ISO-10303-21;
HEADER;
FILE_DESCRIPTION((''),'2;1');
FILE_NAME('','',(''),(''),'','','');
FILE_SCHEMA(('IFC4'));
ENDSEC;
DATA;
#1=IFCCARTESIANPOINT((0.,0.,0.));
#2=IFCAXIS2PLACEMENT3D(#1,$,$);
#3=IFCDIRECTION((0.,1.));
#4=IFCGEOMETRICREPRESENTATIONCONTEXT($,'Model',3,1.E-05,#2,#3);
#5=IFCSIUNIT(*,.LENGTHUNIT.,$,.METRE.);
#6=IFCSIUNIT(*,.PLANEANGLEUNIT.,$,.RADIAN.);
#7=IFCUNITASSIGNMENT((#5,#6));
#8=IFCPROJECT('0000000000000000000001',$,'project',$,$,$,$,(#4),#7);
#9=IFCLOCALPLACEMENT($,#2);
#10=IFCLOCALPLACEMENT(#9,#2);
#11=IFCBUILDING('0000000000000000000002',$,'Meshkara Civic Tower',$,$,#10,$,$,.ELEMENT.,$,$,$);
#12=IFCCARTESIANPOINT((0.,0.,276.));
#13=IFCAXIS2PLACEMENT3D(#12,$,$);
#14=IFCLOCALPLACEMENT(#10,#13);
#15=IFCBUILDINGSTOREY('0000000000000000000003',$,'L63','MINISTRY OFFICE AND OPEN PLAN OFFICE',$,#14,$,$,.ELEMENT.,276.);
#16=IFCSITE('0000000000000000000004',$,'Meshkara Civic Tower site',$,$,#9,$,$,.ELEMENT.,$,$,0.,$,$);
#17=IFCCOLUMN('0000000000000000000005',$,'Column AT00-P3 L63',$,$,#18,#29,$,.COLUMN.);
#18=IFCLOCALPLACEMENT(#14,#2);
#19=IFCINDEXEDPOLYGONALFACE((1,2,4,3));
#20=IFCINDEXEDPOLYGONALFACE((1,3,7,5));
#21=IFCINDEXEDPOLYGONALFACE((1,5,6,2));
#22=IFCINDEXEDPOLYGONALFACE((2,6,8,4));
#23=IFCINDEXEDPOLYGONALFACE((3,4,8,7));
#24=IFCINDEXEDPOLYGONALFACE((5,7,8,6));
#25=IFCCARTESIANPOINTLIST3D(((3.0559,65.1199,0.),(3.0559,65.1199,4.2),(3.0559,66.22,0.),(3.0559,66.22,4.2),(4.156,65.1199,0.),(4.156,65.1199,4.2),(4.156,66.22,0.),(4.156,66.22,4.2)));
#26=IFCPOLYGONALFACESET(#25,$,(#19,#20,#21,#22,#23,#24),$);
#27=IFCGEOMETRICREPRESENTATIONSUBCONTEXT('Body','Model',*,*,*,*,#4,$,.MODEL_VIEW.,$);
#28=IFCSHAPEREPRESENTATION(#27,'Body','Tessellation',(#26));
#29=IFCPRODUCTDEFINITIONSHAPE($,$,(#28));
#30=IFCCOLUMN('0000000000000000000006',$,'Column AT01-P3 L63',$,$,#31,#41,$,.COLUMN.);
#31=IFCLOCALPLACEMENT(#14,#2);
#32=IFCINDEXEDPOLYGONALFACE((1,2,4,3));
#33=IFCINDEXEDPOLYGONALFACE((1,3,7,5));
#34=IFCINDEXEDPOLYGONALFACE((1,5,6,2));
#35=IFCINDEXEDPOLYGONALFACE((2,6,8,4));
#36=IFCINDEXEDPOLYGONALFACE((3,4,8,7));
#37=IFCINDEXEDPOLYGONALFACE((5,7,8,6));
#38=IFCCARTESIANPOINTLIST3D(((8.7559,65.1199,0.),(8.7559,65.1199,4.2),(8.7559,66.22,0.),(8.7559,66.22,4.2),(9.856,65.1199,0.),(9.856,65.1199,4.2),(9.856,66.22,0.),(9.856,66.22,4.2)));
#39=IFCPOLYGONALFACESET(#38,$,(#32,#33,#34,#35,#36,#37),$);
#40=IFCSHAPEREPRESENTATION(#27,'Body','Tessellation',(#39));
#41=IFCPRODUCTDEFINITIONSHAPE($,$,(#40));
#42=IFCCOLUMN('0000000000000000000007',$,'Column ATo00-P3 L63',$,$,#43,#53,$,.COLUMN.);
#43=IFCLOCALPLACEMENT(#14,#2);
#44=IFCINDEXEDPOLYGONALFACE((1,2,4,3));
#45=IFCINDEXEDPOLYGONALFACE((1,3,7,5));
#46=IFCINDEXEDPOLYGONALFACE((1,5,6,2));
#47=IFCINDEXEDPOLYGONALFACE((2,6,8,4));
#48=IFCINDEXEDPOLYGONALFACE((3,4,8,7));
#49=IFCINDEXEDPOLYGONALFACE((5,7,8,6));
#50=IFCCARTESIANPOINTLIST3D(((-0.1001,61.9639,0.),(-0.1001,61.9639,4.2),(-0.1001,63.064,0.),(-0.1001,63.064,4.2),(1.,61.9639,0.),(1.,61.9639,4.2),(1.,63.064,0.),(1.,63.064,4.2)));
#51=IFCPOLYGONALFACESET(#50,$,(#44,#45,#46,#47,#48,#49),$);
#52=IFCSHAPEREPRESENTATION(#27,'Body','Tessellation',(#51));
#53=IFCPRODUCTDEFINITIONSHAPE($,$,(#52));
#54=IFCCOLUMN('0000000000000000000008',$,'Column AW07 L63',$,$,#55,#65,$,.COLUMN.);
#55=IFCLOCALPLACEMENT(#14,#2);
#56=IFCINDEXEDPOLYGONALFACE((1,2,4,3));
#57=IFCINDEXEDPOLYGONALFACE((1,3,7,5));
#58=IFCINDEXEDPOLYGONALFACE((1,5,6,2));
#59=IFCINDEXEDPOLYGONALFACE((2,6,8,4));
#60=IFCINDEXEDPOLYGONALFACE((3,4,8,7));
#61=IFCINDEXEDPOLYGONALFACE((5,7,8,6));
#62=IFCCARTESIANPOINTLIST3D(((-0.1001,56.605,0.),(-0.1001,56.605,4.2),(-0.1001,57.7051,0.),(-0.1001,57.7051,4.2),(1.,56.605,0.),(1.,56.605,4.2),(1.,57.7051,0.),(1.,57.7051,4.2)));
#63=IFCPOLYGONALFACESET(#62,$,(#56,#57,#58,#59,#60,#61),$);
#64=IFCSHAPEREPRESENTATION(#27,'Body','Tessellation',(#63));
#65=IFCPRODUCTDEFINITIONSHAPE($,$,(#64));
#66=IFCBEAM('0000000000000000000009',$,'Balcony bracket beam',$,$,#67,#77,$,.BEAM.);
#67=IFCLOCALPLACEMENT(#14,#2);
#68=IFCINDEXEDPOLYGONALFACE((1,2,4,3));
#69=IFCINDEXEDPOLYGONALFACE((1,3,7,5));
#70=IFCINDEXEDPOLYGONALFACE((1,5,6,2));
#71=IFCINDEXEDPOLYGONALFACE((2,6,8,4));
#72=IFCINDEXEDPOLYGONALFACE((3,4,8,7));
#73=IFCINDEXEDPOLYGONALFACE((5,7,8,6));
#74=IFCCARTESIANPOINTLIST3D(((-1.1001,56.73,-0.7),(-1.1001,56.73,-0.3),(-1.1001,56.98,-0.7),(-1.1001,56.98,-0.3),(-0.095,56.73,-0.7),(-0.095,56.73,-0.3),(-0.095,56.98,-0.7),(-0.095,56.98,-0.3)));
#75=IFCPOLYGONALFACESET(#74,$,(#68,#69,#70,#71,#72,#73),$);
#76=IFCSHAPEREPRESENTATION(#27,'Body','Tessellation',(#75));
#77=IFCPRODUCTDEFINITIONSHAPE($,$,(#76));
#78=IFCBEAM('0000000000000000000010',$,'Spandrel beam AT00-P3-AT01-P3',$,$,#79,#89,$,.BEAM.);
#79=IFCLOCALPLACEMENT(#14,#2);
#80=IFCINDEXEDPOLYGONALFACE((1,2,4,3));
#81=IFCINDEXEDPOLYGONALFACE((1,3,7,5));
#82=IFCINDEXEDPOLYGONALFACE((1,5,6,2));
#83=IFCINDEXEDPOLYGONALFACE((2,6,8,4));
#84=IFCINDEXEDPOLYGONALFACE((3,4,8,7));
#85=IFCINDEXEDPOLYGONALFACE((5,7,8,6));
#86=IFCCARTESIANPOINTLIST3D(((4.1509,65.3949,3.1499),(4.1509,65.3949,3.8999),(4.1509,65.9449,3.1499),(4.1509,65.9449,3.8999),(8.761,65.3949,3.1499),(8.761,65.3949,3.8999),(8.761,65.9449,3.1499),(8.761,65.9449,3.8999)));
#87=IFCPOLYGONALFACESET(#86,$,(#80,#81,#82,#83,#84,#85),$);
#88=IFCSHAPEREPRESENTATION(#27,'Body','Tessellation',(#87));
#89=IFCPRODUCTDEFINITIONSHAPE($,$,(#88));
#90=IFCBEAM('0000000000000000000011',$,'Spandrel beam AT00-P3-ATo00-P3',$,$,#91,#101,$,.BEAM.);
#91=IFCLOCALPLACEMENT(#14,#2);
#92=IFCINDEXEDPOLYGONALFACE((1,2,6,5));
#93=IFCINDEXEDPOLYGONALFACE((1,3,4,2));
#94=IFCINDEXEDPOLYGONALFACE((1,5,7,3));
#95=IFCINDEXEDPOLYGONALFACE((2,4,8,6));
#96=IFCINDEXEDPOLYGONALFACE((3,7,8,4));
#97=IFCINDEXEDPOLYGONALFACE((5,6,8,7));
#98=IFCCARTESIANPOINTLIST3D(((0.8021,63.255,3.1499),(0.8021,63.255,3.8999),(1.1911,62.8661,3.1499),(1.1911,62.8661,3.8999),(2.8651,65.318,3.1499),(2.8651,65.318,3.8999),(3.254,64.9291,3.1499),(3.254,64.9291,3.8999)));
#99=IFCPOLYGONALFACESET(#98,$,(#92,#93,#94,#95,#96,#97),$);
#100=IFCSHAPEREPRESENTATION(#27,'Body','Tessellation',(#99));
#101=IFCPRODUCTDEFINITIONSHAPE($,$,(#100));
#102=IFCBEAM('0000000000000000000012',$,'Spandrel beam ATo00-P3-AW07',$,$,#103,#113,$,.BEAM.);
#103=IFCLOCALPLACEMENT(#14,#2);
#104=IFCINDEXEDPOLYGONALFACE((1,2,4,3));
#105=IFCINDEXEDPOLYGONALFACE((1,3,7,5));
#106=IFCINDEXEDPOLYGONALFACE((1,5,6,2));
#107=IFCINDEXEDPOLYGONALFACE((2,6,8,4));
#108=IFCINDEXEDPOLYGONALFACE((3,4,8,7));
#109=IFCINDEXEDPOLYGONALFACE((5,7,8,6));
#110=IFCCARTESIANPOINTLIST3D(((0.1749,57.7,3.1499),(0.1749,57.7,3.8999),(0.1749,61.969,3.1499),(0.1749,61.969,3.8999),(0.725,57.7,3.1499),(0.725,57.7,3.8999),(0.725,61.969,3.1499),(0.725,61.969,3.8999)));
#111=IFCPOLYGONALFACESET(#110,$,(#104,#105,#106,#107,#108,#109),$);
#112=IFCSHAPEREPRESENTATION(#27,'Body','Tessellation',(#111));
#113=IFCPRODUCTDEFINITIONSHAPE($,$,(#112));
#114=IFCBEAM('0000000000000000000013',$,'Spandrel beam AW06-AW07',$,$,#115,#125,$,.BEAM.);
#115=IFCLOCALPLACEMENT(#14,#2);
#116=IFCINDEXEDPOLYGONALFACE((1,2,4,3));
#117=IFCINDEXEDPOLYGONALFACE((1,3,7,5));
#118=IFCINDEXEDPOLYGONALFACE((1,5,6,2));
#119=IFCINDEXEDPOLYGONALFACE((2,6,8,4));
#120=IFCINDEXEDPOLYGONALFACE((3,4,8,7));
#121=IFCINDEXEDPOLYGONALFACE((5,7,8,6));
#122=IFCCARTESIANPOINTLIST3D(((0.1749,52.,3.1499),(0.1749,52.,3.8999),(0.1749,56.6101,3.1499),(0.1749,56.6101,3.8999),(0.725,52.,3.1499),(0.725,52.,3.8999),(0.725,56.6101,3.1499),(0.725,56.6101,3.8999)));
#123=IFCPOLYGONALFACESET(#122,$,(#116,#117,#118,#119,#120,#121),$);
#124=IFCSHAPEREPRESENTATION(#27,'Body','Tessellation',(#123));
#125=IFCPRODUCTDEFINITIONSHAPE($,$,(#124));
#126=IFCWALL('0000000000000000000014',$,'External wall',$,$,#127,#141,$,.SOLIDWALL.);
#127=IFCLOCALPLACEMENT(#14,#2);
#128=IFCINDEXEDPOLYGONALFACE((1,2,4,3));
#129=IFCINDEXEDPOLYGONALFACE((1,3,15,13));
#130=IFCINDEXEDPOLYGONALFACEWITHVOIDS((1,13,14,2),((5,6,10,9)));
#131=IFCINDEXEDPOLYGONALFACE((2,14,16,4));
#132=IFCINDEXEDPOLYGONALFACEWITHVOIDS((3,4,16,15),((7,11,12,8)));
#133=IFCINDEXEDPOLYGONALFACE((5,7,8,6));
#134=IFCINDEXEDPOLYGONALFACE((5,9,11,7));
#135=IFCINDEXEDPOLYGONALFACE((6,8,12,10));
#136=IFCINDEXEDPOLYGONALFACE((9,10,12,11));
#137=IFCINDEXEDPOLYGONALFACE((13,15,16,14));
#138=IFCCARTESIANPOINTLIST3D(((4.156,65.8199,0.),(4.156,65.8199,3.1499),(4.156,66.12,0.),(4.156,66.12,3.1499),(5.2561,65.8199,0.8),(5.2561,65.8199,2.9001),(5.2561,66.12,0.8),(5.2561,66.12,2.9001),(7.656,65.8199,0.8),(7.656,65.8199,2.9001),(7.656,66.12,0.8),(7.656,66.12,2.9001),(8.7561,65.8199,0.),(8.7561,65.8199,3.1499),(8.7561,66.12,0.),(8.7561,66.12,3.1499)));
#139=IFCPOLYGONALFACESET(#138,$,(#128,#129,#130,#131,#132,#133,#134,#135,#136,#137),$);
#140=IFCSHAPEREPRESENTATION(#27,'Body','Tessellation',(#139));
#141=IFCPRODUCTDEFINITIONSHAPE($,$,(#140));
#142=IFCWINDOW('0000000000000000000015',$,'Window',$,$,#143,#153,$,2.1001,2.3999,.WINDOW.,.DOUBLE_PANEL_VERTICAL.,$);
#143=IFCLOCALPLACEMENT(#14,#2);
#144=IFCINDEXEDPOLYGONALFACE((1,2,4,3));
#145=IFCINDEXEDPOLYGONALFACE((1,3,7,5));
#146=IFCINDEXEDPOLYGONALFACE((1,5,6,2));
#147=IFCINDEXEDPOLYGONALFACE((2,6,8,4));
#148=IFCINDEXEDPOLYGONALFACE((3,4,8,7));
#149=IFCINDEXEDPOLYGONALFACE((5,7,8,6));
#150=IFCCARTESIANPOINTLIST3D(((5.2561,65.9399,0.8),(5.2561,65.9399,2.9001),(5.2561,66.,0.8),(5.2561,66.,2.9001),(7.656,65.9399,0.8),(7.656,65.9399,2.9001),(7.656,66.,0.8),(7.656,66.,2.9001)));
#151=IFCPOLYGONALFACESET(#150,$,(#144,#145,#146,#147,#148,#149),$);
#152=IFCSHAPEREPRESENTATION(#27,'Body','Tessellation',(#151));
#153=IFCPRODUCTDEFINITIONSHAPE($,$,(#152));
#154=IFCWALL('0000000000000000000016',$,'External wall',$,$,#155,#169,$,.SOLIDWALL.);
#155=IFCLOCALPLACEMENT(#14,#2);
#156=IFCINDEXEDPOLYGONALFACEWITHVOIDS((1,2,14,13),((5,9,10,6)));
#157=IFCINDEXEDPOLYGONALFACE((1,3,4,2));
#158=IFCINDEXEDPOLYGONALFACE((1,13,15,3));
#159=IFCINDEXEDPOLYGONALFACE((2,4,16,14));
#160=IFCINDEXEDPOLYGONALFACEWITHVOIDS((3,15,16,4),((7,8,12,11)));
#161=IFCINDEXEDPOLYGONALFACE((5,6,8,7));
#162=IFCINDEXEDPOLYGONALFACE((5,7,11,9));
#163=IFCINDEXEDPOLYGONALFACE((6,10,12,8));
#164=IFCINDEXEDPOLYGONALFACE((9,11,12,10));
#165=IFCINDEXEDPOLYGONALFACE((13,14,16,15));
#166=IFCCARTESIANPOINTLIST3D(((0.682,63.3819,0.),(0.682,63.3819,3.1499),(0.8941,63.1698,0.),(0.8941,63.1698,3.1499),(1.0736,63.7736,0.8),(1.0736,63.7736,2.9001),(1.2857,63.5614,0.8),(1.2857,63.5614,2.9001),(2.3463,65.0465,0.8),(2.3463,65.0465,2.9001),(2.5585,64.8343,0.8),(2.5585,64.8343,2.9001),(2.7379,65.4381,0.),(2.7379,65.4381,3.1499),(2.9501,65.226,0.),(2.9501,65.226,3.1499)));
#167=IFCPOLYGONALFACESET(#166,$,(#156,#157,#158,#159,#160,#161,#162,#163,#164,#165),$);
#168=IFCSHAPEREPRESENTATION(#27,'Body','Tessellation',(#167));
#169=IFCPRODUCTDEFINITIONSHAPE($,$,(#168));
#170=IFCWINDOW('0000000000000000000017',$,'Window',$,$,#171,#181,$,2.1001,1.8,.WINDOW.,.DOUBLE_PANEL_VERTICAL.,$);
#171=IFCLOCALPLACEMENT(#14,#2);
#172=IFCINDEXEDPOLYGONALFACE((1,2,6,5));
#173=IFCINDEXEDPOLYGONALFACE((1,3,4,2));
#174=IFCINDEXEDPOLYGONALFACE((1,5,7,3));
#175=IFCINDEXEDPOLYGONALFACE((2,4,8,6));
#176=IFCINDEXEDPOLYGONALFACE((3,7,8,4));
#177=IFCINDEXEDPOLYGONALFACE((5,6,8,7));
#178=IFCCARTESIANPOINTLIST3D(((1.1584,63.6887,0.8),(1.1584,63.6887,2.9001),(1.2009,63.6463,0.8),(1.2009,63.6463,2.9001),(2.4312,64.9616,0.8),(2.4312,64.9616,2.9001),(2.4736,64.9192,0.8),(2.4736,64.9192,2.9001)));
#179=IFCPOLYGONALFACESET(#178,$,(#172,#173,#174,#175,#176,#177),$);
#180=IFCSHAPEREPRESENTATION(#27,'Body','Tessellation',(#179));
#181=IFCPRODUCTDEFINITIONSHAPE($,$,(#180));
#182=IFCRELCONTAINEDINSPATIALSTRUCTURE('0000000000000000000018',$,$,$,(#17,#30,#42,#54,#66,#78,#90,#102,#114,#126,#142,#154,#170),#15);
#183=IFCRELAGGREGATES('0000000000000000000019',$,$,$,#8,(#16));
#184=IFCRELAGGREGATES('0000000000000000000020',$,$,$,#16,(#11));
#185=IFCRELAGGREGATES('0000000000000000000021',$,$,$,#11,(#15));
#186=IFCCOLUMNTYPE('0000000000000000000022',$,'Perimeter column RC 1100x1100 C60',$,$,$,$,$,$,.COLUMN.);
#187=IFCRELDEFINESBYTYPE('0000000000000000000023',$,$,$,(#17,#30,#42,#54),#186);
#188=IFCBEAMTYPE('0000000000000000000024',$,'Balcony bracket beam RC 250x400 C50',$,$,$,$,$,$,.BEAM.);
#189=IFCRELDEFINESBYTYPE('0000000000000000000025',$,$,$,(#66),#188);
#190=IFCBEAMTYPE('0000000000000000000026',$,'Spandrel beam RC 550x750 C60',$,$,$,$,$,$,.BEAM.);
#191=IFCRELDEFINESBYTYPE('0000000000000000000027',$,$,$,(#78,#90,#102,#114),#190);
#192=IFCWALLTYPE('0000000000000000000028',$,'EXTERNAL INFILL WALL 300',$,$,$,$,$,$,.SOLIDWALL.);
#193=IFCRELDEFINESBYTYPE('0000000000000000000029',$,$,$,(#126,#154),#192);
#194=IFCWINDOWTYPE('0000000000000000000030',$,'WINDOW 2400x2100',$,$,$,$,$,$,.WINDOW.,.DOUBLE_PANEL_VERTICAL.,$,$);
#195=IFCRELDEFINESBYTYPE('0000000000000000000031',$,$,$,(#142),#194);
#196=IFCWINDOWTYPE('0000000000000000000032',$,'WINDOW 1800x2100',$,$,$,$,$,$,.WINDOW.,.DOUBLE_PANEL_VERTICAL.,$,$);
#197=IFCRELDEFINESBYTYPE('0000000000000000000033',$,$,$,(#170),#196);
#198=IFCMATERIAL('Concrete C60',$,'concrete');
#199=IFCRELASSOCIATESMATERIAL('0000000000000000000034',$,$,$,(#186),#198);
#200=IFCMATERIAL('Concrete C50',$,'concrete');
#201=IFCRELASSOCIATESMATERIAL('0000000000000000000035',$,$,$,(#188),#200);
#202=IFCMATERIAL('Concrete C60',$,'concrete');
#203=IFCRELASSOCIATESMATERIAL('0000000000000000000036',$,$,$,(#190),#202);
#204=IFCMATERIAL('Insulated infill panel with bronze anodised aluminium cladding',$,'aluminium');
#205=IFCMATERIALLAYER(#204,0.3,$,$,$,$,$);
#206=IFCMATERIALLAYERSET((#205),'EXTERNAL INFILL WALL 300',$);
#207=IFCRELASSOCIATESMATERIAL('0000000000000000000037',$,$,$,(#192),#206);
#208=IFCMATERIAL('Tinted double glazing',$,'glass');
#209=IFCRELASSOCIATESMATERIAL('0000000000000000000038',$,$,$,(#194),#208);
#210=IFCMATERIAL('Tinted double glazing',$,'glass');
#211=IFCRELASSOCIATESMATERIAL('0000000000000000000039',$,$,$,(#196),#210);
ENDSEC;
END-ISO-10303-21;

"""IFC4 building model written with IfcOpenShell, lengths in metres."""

from ifc_helpers import new_model, si_unit, direction, frame, frame_2d, origin, origin_2d, place, context, subcontext, project, spatial, rectangle, extrude, material, layer, layer_set, material_profile, profile_set, type_object, element, fill, save


model = new_model("IFC4")

# Units and contexts
model_context = context("Model", 3, precision=1e-05, world=origin(), true_north=direction((0.0, 1.0)))
body_context = subcontext(model_context, "Body", "Model", "MODEL_VIEW")
ifc_project = project(units=[si_unit("LENGTHUNIT", "METRE"), si_unit("PLANEANGLEUNIT", "RADIAN")], contexts=[model_context])

# Site, building, storey
site_placement = place(None, origin())
site = spatial("IfcSite", under=ifc_project, at=site_placement, Name="Meshkara Civic Tower site", CompositionType="ELEMENT", RefElevation=0.0)
building_placement = place(site_placement, origin())
building = spatial("IfcBuilding", under=site, at=building_placement, Name="Meshkara Civic Tower", CompositionType="ELEMENT")
storey_placement = place(building_placement, frame((0.0, 0.0, 276.0)))
storey = spatial("IfcBuildingStorey", under=building, at=storey_placement, Name="L63", Description="MINISTRY OFFICE AND OPEN PLAN OFFICE", CompositionType="ELEMENT", Elevation=276.0)

# Columns
ifc_material_1 = material(Name="Concrete C60", Category="concrete")
ifc_material_profile_1 = material_profile(ifc_material_1, rectangle(XDim=1.1001, YDim=1.1001, at=origin_2d()))
ifc_profile_set_1 = profile_set([ifc_material_profile_1], Name="Concrete C60")
column_type = type_object("IfcColumnType", Name="Perimeter column RC 1100x1100 C60", PredefinedType="COLUMN", material=ifc_profile_set_1)
for number, where, z_axis, x_axis, name in (
    (1, (3.606, 65.6699, 0.0), (0.0, 0.0, 1.0), (1.0, 0.0, 0.0), "Column AT00-P3 L63"),
    (2, (9.3059, 65.6699, 0.0), (0.0, 0.0, 1.0), (1.0, 0.0, 0.0), "Column AT01-P3 L63"),
    (3, (0.45, 62.5139, 0.0), (0.0, 0.0, 1.0), (1.0, 0.0, 0.0), "Column ATo00-P3 L63"),
    (4, (0.45, 57.155, 0.0), (0.0, 0.0, 1.0), (1.0, 0.0, 0.0), "Column AW07 L63"),
):
    element("IfcColumn", number, at=place(storey_placement, frame(where, z_axis=z_axis, x_axis=x_axis)), inside=storey, type_object=column_type, Name=name, PredefinedType="COLUMN", context=body_context, shape_type="SweptSolid", body=[
        extrude(rectangle(XDim=1.1001, YDim=1.1001, at=origin_2d()), origin(), (0.0, 0.0, 1.0), 4.2),
    ])

# Beams
ifc_material_2 = material(Name="Concrete C50", Category="concrete")
ifc_material_profile_2 = material_profile(ifc_material_2, rectangle(XDim=0.25, YDim=0.3999, at=origin_2d()))
ifc_profile_set_2 = profile_set([ifc_material_profile_2], Name="Concrete C50")
beam_type_1 = type_object("IfcBeamType", Name="Balcony bracket beam RC 250x400 C50", PredefinedType="BEAM", material=ifc_profile_set_2)
beam_1_placement = place(storey_placement, frame((-0.095, 56.855, -0.5), z_axis=(-1.0, 0.0, 0.0), x_axis=(0.0, -1.0, 0.0)))
element("IfcBeam", 5, at=beam_1_placement, inside=storey, type_object=beam_type_1, Name="Balcony bracket beam", PredefinedType="BEAM", context=body_context, shape_type="SweptSolid", body=[
    extrude(rectangle(XDim=0.25, YDim=0.3999, at=origin_2d()), origin(), (0.0, 0.0, 1.0), 1.0051),
])
ifc_material_3 = material(Name="Concrete C60", Category="concrete")
ifc_material_profile_3 = material_profile(ifc_material_3, rectangle(XDim=0.55, YDim=0.75, at=origin_2d()))
ifc_profile_set_3 = profile_set([ifc_material_profile_3], Name="Concrete C60")
beam_type_2 = type_object("IfcBeamType", Name="Spandrel beam RC 550x750 C60", PredefinedType="BEAM", material=ifc_profile_set_3)
beam_2_placement = place(storey_placement, frame((8.761, 65.6699, 3.5249), z_axis=(-1.0, 0.0, 0.0), x_axis=(0.0, -1.0, 0.0)))
element("IfcBeam", 6, at=beam_2_placement, inside=storey, type_object=beam_type_2, Name="Spandrel beam AT00-P3-AT01-P3", PredefinedType="BEAM", context=body_context, shape_type="SweptSolid", body=[
    extrude(rectangle(XDim=0.55, YDim=0.75, at=origin_2d()), origin(), (0.0, 0.0, 1.0), 4.6101),
])
beam_3_placement = place(storey_placement, frame((3.0596, 65.1235, 3.5249), z_axis=(-0.707107, -0.707107, 0.0), x_axis=(0.707107, -0.707107, 0.0)))
element("IfcBeam", 7, at=beam_3_placement, inside=storey, type_object=beam_type_2, Name="Spandrel beam AT00-P3-ATo00-P3", PredefinedType="BEAM", context=body_context, shape_type="SweptSolid", body=[
    extrude(rectangle(XDim=0.55, YDim=0.75, at=origin_2d()), origin(), (0.0, 0.0, 1.0), 2.9175),
])
beam_4_placement = place(storey_placement, frame((0.45, 61.969, 3.5249), z_axis=(0.0, -1.0, 0.0), x_axis=(1.0, 0.0, 0.0)))
element("IfcBeam", 8, at=beam_4_placement, inside=storey, type_object=beam_type_2, Name="Spandrel beam ATo00-P3-AW07", PredefinedType="BEAM", context=body_context, shape_type="SweptSolid", body=[
    extrude(rectangle(XDim=0.55, YDim=0.75, at=origin_2d()), origin(), (0.0, 0.0, 1.0), 4.269),
])
beam_5_placement = place(storey_placement, frame((0.45, 56.6101, 3.5249), z_axis=(0.0, -1.0, 0.0), x_axis=(1.0, 0.0, 0.0)))
element("IfcBeam", 9, at=beam_5_placement, inside=storey, type_object=beam_type_2, Name="Spandrel beam AW06-AW07", PredefinedType="BEAM", context=body_context, shape_type="SweptSolid", body=[
    extrude(rectangle(XDim=0.55, YDim=0.75, at=origin_2d()), origin(), (0.0, 0.0, 1.0), 4.6101),
])

# Walls, openings, windows
ifc_material_4 = material(Name="Insulated infill panel with bronze anodised aluminium cladding", Category="aluminium")
ifc_layer_1 = layer(ifc_material_4, 0.3)
ifc_layer_set_1 = layer_set([ifc_layer_1], Name="EXTERNAL INFILL WALL 300")
wall_type_1 = type_object("IfcWallType", Name="EXTERNAL INFILL WALL 300", PredefinedType="SOLIDWALL", material=ifc_layer_set_1)
wall_1_placement = place(storey_placement, frame((8.7561, 65.97, 0.0), z_axis=(0.0, 0.0, 1.0), x_axis=(-1.0, 0.0, 0.0)))
wall_1 = element("IfcWall", 10, at=wall_1_placement, inside=storey, type_object=wall_type_1, Name="External wall", PredefinedType="SOLIDWALL", context=body_context, shape_type="SweptSolid", body=[
    extrude(rectangle(XDim=4.6001, YDim=0.3, at=frame_2d((2.3, 0.0))), origin(), (0.0, 0.0, 1.0), 3.1499),
])
opening_1_placement = place(wall_1_placement, frame((1.1001, 0.0, 0.8)))
opening_1 = element("IfcOpeningElement", 11, at=opening_1_placement, cuts=wall_1, PredefinedType="OPENING", context=body_context, shape_type="SweptSolid", body=[
    extrude(rectangle(XDim=2.3999, YDim=2.1001, at=frame_2d((1.2, 1.05))), frame((0.0, 0.1599, 0.0), z_axis=(0.0, -1.0, 0.0), x_axis=(1.0, 0.0, 0.0)), (0.0, 0.0, 1.0), 0.3201),
])
ifc_material_5 = material(Name="Tinted double glazing", Category="glass")
window_type_1 = type_object("IfcWindowType", Name="WINDOW 2400x2100", PartitioningType="DOUBLE_PANEL_VERTICAL", PredefinedType="WINDOW", material=ifc_material_5)
window_1_placement = place(opening_1_placement, origin())
window_1 = element("IfcWindow", 12, at=window_1_placement, inside=storey, type_object=window_type_1, Name="Window", OverallHeight=2.1001, OverallWidth=2.3999, PartitioningType="DOUBLE_PANEL_VERTICAL", PredefinedType="WINDOW", context=body_context, shape_type="SweptSolid", body=[
    extrude(rectangle(XDim=2.3999, YDim=2.1001, at=frame_2d((1.2, 1.05))), frame((0.0, 0.03, 0.0), z_axis=(0.0, -1.0, 0.0), x_axis=(1.0, 0.0, 0.0)), (0.0, 0.0, 1.0), 0.0601),
])
fill(opening_1, window_1)
wall_2_placement = place(storey_placement, frame((2.844, 65.332, 0.0), z_axis=(0.0, 0.0, 1.0), x_axis=(-0.707065, -0.707149, 0.0)))
wall_2 = element("IfcWall", 13, at=wall_2_placement, inside=storey, type_object=wall_type_1, Name="External wall", PredefinedType="SOLIDWALL", context=body_context, shape_type="SweptSolid", body=[
    extrude(rectangle(XDim=2.9077, YDim=0.3, at=frame_2d((1.4539, 0.0))), origin(), (0.0, 0.0, 1.0), 3.1499),
])
opening_2_placement = place(wall_2_placement, frame((0.554, 0.0, 0.8)))
opening_2 = element("IfcOpeningElement", 14, at=opening_2_placement, cuts=wall_2, PredefinedType="OPENING", context=body_context, shape_type="SweptSolid", body=[
    extrude(rectangle(XDim=1.8, YDim=2.1001, at=frame_2d((0.8999, 1.05))), frame((0.0, 0.1599, 0.0), z_axis=(0.0, -1.0, 0.0), x_axis=(1.0, 0.0, 0.0)), (0.0, 0.0, 1.0), 0.3201),
])
ifc_material_6 = material(Name="Tinted double glazing", Category="glass")
window_type_2 = type_object("IfcWindowType", Name="WINDOW 1800x2100", PartitioningType="DOUBLE_PANEL_VERTICAL", PredefinedType="WINDOW", material=ifc_material_6)
window_2_placement = place(opening_2_placement, origin())
window_2 = element("IfcWindow", 15, at=window_2_placement, inside=storey, type_object=window_type_2, Name="Window", OverallHeight=2.1001, OverallWidth=1.8, PartitioningType="DOUBLE_PANEL_VERTICAL", PredefinedType="WINDOW", context=body_context, shape_type="SweptSolid", body=[
    extrude(rectangle(XDim=1.8, YDim=2.1001, at=frame_2d((0.8999, 1.05))), frame((0.0, 0.03, 0.0), z_axis=(0.0, -1.0, 0.0), x_axis=(1.0, 0.0, 0.0)), (0.0, 0.0, 1.0), 0.0601),
])
fill(opening_2, window_2)

save(model, "model.ifc")
